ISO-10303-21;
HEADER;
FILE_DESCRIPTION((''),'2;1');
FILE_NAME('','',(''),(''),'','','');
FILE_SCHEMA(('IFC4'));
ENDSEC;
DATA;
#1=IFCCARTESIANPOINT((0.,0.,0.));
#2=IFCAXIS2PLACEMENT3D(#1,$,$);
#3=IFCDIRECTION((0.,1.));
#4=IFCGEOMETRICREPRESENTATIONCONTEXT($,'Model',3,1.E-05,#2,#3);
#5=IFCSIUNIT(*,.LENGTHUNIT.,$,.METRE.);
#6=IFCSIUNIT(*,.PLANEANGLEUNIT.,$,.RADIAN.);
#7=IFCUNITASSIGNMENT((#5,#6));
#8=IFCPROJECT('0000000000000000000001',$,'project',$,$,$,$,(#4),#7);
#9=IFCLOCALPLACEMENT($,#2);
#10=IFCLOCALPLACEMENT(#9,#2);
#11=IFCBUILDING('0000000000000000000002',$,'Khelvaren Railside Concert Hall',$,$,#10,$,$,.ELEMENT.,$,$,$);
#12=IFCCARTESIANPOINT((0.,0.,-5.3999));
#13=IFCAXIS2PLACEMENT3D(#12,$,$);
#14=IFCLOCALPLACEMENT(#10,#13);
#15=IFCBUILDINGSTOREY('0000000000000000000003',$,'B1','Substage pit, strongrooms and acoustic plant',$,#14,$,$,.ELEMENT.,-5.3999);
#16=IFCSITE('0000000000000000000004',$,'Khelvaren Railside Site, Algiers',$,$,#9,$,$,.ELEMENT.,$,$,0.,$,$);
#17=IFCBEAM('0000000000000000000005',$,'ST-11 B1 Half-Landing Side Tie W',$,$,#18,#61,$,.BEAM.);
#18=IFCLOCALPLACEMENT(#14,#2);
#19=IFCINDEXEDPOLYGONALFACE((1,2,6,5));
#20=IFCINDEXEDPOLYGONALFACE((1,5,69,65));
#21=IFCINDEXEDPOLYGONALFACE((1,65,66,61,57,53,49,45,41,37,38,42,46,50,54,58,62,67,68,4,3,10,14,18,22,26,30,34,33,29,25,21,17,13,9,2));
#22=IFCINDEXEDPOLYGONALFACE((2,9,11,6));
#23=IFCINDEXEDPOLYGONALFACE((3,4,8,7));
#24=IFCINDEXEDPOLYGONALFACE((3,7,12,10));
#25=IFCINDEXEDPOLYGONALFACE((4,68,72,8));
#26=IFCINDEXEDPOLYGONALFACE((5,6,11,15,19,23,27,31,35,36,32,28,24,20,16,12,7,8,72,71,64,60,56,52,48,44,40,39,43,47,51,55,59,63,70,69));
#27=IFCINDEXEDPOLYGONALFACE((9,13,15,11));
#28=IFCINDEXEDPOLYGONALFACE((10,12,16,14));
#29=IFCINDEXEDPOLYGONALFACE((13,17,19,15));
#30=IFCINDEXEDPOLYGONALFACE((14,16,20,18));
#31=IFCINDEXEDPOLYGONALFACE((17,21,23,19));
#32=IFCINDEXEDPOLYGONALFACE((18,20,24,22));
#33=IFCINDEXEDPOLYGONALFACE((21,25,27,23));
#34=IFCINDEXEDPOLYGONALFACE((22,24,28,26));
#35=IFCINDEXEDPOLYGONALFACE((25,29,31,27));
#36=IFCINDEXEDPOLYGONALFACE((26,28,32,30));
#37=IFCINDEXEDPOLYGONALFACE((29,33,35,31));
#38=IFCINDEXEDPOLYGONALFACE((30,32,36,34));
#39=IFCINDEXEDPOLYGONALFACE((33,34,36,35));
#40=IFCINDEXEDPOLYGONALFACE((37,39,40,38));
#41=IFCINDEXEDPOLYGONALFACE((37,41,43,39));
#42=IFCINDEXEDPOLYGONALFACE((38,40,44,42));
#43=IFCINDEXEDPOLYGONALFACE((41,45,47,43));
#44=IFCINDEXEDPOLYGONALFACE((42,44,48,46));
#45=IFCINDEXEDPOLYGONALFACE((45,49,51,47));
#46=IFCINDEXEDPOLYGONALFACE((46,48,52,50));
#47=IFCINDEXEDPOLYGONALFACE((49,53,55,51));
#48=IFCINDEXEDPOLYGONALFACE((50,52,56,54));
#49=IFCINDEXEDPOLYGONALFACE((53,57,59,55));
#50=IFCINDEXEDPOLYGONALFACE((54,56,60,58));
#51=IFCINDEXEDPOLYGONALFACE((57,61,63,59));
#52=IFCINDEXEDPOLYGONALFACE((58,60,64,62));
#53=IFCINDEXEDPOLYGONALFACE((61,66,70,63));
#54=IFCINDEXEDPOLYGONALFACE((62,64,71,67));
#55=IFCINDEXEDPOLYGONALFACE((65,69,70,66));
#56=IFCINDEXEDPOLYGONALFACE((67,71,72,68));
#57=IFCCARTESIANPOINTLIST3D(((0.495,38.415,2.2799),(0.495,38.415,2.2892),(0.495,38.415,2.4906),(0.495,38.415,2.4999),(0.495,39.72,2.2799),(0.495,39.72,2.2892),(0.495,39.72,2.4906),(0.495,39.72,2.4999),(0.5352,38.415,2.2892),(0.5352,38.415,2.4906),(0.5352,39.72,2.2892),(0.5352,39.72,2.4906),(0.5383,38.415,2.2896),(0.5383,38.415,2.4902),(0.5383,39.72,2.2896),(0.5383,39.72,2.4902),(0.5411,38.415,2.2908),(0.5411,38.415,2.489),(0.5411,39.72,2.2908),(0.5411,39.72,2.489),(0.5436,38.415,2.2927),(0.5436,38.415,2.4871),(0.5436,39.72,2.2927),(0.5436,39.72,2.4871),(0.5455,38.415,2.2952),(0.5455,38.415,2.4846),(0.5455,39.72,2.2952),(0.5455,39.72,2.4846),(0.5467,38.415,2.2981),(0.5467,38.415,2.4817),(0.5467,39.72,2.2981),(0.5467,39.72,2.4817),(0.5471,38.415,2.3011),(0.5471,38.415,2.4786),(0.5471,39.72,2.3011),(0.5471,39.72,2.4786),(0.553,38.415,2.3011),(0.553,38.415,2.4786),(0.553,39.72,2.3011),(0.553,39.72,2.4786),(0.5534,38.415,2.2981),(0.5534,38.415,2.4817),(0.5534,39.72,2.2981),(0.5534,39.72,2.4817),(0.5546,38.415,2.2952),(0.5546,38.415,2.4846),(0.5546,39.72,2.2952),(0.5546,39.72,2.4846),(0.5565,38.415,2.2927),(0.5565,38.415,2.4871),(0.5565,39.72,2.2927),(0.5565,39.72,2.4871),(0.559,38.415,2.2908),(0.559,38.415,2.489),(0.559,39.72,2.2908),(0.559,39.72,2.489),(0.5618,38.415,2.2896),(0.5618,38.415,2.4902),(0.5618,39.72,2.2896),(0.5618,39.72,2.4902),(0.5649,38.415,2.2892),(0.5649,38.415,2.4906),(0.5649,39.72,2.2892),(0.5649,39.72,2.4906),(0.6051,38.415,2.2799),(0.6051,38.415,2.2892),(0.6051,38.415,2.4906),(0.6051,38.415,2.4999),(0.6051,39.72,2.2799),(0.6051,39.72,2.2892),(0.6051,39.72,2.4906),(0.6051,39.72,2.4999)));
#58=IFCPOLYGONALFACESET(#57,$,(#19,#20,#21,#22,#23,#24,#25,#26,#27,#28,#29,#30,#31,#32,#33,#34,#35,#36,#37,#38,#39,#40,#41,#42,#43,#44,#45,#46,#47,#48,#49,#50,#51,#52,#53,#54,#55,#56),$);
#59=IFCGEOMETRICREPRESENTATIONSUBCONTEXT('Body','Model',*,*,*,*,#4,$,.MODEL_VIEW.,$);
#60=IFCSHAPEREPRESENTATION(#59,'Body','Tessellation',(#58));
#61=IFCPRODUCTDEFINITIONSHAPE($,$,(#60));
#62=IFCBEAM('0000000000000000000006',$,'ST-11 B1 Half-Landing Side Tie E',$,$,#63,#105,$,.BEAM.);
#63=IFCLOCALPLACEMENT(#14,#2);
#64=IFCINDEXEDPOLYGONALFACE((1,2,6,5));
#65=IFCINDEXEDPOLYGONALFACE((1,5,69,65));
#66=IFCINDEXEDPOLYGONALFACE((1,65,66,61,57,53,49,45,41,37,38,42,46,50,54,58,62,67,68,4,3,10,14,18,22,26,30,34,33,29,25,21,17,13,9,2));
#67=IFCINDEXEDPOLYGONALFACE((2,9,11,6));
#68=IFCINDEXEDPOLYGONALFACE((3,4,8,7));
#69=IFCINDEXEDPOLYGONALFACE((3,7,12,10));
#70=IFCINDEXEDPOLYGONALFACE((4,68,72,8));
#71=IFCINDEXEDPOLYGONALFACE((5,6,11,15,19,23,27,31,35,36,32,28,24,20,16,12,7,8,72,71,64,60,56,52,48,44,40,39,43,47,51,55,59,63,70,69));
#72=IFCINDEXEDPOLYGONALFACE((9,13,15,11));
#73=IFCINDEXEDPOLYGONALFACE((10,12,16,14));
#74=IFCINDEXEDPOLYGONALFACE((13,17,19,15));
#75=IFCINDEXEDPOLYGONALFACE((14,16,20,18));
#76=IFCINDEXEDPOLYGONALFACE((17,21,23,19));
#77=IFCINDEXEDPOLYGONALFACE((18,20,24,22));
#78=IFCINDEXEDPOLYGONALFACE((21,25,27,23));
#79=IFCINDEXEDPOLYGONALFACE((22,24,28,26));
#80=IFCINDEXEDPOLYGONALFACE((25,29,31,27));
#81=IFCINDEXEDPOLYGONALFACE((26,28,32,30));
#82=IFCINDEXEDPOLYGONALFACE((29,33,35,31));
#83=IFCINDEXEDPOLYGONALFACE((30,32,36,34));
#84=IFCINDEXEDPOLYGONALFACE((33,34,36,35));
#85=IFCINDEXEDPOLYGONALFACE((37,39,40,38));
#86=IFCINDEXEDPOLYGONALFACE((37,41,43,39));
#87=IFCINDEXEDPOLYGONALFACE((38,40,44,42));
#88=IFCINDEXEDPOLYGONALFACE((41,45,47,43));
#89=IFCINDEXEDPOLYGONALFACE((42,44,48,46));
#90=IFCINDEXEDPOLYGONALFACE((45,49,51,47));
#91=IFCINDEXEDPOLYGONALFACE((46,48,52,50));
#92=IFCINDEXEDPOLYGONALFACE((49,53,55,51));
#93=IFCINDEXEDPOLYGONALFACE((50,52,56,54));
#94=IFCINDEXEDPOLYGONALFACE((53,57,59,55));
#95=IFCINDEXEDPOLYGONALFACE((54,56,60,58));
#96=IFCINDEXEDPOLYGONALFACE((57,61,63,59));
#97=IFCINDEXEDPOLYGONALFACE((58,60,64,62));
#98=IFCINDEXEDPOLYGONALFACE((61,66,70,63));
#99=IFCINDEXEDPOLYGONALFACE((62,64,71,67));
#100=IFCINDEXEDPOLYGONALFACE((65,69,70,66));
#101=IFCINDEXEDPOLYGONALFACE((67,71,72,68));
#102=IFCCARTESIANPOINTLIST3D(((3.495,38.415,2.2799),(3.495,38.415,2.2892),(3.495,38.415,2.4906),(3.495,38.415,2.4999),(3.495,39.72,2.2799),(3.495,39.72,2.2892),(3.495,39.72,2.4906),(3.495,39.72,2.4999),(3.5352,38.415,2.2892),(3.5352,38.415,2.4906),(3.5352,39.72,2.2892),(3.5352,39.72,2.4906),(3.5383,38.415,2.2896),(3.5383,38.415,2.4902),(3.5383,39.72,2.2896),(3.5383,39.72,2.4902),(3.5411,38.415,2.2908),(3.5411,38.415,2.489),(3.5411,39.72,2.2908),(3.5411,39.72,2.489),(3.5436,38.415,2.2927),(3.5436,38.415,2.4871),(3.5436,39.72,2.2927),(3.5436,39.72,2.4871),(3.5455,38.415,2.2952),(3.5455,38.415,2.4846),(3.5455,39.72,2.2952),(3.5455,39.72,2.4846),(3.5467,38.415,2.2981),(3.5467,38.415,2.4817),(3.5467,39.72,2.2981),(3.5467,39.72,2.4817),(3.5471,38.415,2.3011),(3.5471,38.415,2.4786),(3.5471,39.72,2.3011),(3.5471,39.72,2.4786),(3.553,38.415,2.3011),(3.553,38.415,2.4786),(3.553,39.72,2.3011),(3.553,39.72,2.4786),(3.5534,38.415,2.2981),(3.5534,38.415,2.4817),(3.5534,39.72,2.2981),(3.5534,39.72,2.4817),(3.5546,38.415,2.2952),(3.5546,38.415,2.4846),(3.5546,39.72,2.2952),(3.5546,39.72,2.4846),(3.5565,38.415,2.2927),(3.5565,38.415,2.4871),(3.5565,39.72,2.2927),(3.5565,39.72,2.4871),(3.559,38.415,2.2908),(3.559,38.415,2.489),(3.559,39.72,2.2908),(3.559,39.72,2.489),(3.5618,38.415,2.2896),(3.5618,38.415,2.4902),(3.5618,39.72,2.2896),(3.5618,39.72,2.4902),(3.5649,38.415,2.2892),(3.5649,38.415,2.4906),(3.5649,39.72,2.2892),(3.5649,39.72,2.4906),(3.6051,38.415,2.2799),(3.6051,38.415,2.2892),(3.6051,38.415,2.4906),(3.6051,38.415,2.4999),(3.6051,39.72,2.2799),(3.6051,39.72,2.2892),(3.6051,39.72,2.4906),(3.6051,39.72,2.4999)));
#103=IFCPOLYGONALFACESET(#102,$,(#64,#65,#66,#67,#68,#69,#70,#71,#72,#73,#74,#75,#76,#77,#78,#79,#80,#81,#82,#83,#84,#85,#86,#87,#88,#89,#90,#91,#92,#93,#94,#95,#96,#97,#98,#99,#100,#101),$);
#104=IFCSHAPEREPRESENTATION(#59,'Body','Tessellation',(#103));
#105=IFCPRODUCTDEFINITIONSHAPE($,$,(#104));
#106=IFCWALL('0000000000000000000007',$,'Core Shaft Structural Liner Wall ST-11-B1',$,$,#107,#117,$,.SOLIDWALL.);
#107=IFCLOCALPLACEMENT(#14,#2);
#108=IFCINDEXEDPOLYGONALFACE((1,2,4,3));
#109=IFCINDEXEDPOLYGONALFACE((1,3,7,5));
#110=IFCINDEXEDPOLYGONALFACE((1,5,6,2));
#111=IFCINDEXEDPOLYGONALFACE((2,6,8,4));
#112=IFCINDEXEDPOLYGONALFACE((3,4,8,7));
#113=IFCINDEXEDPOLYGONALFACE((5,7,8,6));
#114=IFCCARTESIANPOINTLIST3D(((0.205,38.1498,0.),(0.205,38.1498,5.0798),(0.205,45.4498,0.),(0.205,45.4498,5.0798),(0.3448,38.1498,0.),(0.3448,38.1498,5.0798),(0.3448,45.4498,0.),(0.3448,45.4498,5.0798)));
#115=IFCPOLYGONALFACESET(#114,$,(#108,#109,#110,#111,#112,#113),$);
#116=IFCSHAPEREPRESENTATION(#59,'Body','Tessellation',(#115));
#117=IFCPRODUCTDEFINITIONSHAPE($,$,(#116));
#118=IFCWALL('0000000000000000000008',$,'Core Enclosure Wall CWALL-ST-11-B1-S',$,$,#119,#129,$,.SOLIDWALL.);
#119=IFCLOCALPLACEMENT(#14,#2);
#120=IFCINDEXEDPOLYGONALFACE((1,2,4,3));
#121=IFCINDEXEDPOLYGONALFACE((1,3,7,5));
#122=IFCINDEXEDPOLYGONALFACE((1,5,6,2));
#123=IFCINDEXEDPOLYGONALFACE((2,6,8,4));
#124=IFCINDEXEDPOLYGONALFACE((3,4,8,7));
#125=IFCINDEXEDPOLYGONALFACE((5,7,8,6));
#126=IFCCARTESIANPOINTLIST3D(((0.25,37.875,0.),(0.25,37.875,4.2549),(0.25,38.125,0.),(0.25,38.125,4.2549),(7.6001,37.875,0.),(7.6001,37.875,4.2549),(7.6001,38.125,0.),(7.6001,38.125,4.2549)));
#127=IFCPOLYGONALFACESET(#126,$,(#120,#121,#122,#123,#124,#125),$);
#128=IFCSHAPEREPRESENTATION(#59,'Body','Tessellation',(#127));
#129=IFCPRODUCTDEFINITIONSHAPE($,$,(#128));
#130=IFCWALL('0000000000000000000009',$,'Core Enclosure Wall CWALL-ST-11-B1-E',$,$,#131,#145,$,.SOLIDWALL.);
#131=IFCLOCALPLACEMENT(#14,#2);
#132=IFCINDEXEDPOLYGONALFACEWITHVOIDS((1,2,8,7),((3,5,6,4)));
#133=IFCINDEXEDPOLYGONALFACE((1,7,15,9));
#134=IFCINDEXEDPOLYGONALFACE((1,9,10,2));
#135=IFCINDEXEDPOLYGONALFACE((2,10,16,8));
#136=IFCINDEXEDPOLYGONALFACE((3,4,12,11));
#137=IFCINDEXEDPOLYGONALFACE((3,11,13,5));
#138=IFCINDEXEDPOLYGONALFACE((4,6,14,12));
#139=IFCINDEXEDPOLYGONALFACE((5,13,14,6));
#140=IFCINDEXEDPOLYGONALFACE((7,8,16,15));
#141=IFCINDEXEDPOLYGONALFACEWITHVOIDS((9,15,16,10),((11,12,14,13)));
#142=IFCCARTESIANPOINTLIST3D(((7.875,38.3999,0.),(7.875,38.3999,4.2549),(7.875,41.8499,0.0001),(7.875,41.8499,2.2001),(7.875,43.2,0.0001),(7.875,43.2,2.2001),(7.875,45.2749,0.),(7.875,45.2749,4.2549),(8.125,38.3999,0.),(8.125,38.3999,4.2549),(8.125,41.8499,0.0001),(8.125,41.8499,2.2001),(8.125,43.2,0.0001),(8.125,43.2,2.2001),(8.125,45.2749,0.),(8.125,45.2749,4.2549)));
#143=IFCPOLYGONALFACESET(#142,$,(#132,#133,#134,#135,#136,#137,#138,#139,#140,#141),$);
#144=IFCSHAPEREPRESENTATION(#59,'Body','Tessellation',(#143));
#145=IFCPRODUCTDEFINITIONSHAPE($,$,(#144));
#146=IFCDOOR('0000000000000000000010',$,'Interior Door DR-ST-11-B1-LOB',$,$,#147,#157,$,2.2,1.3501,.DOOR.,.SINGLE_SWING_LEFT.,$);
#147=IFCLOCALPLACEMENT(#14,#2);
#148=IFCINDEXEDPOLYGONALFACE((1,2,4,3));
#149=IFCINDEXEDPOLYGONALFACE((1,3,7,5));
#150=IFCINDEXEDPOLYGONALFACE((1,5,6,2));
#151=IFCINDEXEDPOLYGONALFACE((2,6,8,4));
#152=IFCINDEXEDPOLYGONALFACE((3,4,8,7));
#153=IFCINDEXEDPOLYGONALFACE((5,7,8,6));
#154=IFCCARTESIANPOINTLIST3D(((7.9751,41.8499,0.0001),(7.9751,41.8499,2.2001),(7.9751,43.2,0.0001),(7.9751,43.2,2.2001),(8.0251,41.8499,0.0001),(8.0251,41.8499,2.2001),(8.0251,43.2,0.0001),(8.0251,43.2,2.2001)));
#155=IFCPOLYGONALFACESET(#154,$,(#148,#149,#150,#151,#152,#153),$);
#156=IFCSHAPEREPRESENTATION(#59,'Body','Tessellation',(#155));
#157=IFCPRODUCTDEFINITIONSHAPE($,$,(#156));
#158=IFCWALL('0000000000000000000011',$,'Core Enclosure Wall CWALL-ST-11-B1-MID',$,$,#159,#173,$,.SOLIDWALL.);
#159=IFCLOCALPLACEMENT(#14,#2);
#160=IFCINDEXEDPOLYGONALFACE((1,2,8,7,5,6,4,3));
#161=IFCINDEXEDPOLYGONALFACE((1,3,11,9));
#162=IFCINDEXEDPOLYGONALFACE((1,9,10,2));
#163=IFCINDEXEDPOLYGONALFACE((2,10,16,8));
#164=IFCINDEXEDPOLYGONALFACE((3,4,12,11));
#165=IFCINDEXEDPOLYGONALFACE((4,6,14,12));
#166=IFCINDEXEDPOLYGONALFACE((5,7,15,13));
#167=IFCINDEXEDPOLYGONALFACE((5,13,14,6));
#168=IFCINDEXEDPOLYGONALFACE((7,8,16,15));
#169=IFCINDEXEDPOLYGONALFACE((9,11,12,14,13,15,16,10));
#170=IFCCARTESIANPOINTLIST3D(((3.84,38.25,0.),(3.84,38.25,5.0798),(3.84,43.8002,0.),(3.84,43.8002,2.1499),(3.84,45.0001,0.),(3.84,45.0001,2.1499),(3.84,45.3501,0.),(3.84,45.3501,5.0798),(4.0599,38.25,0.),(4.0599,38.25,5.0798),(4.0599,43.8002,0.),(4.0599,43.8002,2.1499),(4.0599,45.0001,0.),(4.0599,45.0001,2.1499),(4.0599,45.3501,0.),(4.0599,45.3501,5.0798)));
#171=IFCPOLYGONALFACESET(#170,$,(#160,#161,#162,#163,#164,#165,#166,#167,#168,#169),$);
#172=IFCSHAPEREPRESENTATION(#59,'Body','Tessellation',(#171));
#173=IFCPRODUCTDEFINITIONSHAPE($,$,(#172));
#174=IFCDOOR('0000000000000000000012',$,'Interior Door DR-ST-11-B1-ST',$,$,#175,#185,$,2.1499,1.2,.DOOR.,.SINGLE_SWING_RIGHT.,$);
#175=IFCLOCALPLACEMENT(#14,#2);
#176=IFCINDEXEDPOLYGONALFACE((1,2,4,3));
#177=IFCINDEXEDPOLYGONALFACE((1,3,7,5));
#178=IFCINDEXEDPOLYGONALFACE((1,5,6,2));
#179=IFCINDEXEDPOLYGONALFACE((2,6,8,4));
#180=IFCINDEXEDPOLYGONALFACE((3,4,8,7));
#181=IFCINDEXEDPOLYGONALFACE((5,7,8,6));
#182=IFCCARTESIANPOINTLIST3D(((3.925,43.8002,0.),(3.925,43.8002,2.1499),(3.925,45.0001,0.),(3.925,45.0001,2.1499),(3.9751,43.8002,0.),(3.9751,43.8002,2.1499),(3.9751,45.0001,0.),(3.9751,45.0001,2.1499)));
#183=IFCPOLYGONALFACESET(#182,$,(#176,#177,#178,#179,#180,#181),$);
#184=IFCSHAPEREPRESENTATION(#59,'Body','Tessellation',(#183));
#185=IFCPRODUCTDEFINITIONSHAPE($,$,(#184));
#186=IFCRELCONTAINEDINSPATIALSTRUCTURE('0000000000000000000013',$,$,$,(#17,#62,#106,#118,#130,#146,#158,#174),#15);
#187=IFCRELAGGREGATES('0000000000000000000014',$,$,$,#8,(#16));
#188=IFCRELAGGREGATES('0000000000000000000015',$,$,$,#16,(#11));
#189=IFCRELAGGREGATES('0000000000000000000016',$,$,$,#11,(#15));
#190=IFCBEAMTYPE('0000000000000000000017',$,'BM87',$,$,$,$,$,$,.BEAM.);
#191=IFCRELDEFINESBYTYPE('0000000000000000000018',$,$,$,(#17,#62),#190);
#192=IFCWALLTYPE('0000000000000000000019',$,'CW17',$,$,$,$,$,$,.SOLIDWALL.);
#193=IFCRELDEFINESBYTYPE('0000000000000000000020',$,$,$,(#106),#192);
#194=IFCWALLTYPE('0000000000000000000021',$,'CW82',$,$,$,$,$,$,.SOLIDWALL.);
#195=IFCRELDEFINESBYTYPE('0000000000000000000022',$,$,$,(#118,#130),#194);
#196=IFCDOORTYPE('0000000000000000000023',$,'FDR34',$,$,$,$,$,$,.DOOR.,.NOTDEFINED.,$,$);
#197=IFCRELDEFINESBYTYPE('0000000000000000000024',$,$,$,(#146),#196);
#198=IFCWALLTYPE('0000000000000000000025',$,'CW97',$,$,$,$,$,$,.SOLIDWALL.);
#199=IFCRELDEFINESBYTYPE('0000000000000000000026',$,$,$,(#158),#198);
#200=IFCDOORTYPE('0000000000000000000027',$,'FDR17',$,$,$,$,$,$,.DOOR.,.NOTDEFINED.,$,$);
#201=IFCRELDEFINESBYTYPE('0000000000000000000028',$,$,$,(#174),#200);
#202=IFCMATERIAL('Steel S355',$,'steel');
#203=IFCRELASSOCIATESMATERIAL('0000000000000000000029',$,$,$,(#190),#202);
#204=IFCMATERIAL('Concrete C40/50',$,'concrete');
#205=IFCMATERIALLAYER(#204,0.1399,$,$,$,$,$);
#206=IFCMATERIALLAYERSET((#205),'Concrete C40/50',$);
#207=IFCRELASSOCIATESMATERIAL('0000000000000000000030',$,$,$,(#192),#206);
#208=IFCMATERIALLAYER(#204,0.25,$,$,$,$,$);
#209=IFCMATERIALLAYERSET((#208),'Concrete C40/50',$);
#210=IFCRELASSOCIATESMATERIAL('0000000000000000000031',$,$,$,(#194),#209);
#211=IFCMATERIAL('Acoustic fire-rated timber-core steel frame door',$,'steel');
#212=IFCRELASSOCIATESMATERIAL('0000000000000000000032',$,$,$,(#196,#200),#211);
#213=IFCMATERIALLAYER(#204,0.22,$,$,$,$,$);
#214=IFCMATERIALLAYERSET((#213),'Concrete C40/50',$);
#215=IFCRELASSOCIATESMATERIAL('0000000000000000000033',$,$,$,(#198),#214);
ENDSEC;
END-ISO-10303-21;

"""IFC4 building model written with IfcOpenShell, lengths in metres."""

from ifc_helpers import new_model, si_unit, direction, frame, frame_2d, origin, origin_2d, place, context, subcontext, project, spatial, rectangle, i_section, extrude, material, layer, layer_set, material_profile, profile_set, type_object, element, fill, save


model = new_model("IFC4")

# Units and contexts
model_context = context("Model", 3, precision=1e-05, world=origin(), true_north=direction((0.0, 1.0)))
body_context = subcontext(model_context, "Body", "Model", "MODEL_VIEW")
ifc_project = project(units=[si_unit("LENGTHUNIT", "METRE"), si_unit("PLANEANGLEUNIT", "RADIAN")], contexts=[model_context])

# Site, building, storey
site_placement = place(None, origin())
site = spatial("IfcSite", under=ifc_project, at=site_placement, Name="Khelvaren Railside Site, Algiers", CompositionType="ELEMENT", RefElevation=0.0)
building_placement = place(site_placement, origin())
building = spatial("IfcBuilding", under=site, at=building_placement, Name="Khelvaren Railside Concert Hall", CompositionType="ELEMENT")
storey_placement = place(building_placement, frame((0.0, 0.0, -5.3999)))
storey = spatial("IfcBuildingStorey", under=building, at=storey_placement, Name="B1", Description="Substage pit, strongrooms and acoustic plant", CompositionType="ELEMENT", Elevation=-5.3999)

# Beams
ifc_material_1 = material(Name="Steel S355", Category="steel")
ifc_material_profile_1 = material_profile(ifc_material_1, i_section(OverallWidth=0.1101, OverallDepth=0.22, WebThickness=0.0059, FlangeThickness=0.0093, FilletRadius=0.012, at=origin_2d()), Name="IPE 220")
ifc_profile_set_1 = profile_set([ifc_material_profile_1], Name="Steel S355")
beam_type = type_object("IfcBeamType", Name="BM87", PredefinedType="BEAM", material=ifc_profile_set_1)
for number, where, z_axis, x_axis, name in (
    (1, (0.55, 38.415, 2.3899), (0.0, 1.0, 0.0), (-1.0, 0.0, 0.0), "ST-11 B1 Half-Landing Side Tie W"),
    (2, (3.55, 38.415, 2.3899), (0.0, 1.0, 0.0), (-1.0, 0.0, 0.0), "ST-11 B1 Half-Landing Side Tie E"),
):
    element("IfcBeam", number, at=place(storey_placement, frame(where, z_axis=z_axis, x_axis=x_axis)), inside=storey, type_object=beam_type, Name=name, PredefinedType="BEAM", context=body_context, shape_type="SweptSolid", body=[
        extrude(i_section(OverallWidth=0.1101, OverallDepth=0.22, WebThickness=0.0059, FlangeThickness=0.0093, FilletRadius=0.012, at=origin_2d()), origin(), (0.0, 0.0, 1.0), 1.3049),
    ])

# Walls
ifc_material_2 = material(Name="Concrete C40/50", Category="concrete")
ifc_layer_1 = layer(ifc_material_2, 0.1399)
ifc_layer_set_1 = layer_set([ifc_layer_1], Name="Concrete C40/50")
wall_type_1 = type_object("IfcWallType", Name="CW17", PredefinedType="SOLIDWALL", material=ifc_layer_set_1)
wall_1_placement = place(storey_placement, frame((0.2749, 38.1499, 0.0), z_axis=(0.0, 0.0, 1.0), x_axis=(0.0, 1.0, 0.0)))
element("IfcWall", 3, at=wall_1_placement, inside=storey, type_object=wall_type_1, Name="Core Shaft Structural Liner Wall ST-11-B1", PredefinedType="SOLIDWALL", context=body_context, shape_type="SweptSolid", body=[
    extrude(rectangle(XDim=7.3, YDim=0.1399, at=frame_2d((3.6499, 0.0))), origin(), (0.0, 0.0, 1.0), 5.0798),
])
ifc_layer_2 = layer(ifc_material_2, 0.25)
ifc_layer_set_2 = layer_set([ifc_layer_2], Name="Concrete C40/50")
wall_type_2 = type_object("IfcWallType", Name="CW82", PredefinedType="SOLIDWALL", material=ifc_layer_set_2)
wall_2_placement = place(storey_placement, frame((0.25, 38.0, 0.0), z_axis=(0.0, 0.0, 1.0), x_axis=(1.0, 0.0, 0.0)))
element("IfcWall", 4, at=wall_2_placement, inside=storey, type_object=wall_type_2, Name="Core Enclosure Wall CWALL-ST-11-B1-S", PredefinedType="SOLIDWALL", context=body_context, shape_type="SweptSolid", body=[
    extrude(rectangle(XDim=7.3501, YDim=0.25, at=frame_2d((3.675, 0.0))), origin(), (0.0, 0.0, 1.0), 4.2549),
])

# Walls, openings, doors
wall_3_placement = place(storey_placement, frame((8.0, 38.3999, 0.0), z_axis=(0.0, 0.0, 1.0), x_axis=(0.0, 1.0, 0.0)))
wall_3 = element("IfcWall", 5, at=wall_3_placement, inside=storey, type_object=wall_type_2, Name="Core Enclosure Wall CWALL-ST-11-B1-E", PredefinedType="SOLIDWALL", context=body_context, shape_type="SweptSolid", body=[
    extrude(rectangle(XDim=6.875, YDim=0.25, at=frame_2d((3.4375, 0.0))), origin(), (0.0, 0.0, 1.0), 4.2549),
])
opening_1_placement = place(wall_3_placement, frame((3.45, 0.0, 0.0)))
opening_1 = element("IfcOpeningElement", 6, at=opening_1_placement, cuts=wall_3, PredefinedType="OPENING", context=body_context, shape_type="SweptSolid", body=[
    extrude(rectangle(XDim=1.3501, YDim=2.2, at=frame_2d((0.675, 1.1001))), frame((0.0, 0.135, 0.0), z_axis=(0.0, -1.0, 0.0), x_axis=(1.0, 0.0, 0.0)), (0.0, 0.0, 1.0), 0.27),
])
ifc_material_3 = material(Name="Acoustic fire-rated timber-core steel frame door", Category="steel")
door_type_1 = type_object("IfcDoorType", Name="FDR34", OperationType="NOTDEFINED", PredefinedType="DOOR", material=ifc_material_3)
door_1_placement = place(opening_1_placement, origin())
door_1 = element("IfcDoor", 7, at=door_1_placement, inside=storey, type_object=door_type_1, Name="Interior Door DR-ST-11-B1-LOB", OperationType="SINGLE_SWING_LEFT", OverallHeight=2.2, OverallWidth=1.3501, PredefinedType="DOOR", context=body_context, shape_type="SweptSolid", body=[
    extrude(rectangle(XDim=1.3501, YDim=2.2, at=frame_2d((0.675, 1.1001))), frame((0.0, 0.0249, 0.0), z_axis=(0.0, -1.0, 0.0), x_axis=(1.0, 0.0, 0.0)), (0.0, 0.0, 1.0), 0.05),
])
fill(opening_1, door_1)
ifc_layer_3 = layer(ifc_material_2, 0.22)
ifc_layer_set_3 = layer_set([ifc_layer_3], Name="Concrete C40/50")
wall_type_3 = type_object("IfcWallType", Name="CW97", PredefinedType="SOLIDWALL", material=ifc_layer_set_3)
wall_4_placement = place(storey_placement, frame((3.95, 38.25, 0.0), z_axis=(0.0, 0.0, 1.0), x_axis=(0.0, 1.0, 0.0)))
wall_4 = element("IfcWall", 8, at=wall_4_placement, inside=storey, type_object=wall_type_3, Name="Core Enclosure Wall CWALL-ST-11-B1-MID", PredefinedType="SOLIDWALL", context=body_context, shape_type="SweptSolid", body=[
    extrude(rectangle(XDim=7.1001, YDim=0.22, at=frame_2d((3.55, 0.0))), origin(), (0.0, 0.0, 1.0), 5.0798),
])
opening_2_placement = place(wall_4_placement, frame((5.55, 0.0, 0.0)))
opening_2 = element("IfcOpeningElement", 9, at=opening_2_placement, cuts=wall_4, PredefinedType="OPENING", context=body_context, shape_type="SweptSolid", body=[
    extrude(rectangle(XDim=1.2, YDim=2.1499, at=frame_2d((0.6001, 1.075))), frame((0.0, 0.1199, 0.0), z_axis=(0.0, -1.0, 0.0), x_axis=(1.0, 0.0, 0.0)), (0.0, 0.0, 1.0), 0.24),
])
door_type_2 = type_object("IfcDoorType", Name="FDR17", OperationType="NOTDEFINED", PredefinedType="DOOR", material=ifc_material_3)
door_2_placement = place(opening_2_placement, origin())
door_2 = element("IfcDoor", 10, at=door_2_placement, inside=storey, type_object=door_type_2, Name="Interior Door DR-ST-11-B1-ST", OperationType="SINGLE_SWING_RIGHT", OverallHeight=2.1499, OverallWidth=1.2, PredefinedType="DOOR", context=body_context, shape_type="SweptSolid", body=[
    extrude(rectangle(XDim=1.2, YDim=2.1499, at=frame_2d((0.6001, 1.075))), frame((0.0, 0.0249, 0.0), z_axis=(0.0, -1.0, 0.0), x_axis=(1.0, 0.0, 0.0)), (0.0, 0.0, 1.0), 0.05),
])
fill(opening_2, door_2)

save(model, "model.ifc")
